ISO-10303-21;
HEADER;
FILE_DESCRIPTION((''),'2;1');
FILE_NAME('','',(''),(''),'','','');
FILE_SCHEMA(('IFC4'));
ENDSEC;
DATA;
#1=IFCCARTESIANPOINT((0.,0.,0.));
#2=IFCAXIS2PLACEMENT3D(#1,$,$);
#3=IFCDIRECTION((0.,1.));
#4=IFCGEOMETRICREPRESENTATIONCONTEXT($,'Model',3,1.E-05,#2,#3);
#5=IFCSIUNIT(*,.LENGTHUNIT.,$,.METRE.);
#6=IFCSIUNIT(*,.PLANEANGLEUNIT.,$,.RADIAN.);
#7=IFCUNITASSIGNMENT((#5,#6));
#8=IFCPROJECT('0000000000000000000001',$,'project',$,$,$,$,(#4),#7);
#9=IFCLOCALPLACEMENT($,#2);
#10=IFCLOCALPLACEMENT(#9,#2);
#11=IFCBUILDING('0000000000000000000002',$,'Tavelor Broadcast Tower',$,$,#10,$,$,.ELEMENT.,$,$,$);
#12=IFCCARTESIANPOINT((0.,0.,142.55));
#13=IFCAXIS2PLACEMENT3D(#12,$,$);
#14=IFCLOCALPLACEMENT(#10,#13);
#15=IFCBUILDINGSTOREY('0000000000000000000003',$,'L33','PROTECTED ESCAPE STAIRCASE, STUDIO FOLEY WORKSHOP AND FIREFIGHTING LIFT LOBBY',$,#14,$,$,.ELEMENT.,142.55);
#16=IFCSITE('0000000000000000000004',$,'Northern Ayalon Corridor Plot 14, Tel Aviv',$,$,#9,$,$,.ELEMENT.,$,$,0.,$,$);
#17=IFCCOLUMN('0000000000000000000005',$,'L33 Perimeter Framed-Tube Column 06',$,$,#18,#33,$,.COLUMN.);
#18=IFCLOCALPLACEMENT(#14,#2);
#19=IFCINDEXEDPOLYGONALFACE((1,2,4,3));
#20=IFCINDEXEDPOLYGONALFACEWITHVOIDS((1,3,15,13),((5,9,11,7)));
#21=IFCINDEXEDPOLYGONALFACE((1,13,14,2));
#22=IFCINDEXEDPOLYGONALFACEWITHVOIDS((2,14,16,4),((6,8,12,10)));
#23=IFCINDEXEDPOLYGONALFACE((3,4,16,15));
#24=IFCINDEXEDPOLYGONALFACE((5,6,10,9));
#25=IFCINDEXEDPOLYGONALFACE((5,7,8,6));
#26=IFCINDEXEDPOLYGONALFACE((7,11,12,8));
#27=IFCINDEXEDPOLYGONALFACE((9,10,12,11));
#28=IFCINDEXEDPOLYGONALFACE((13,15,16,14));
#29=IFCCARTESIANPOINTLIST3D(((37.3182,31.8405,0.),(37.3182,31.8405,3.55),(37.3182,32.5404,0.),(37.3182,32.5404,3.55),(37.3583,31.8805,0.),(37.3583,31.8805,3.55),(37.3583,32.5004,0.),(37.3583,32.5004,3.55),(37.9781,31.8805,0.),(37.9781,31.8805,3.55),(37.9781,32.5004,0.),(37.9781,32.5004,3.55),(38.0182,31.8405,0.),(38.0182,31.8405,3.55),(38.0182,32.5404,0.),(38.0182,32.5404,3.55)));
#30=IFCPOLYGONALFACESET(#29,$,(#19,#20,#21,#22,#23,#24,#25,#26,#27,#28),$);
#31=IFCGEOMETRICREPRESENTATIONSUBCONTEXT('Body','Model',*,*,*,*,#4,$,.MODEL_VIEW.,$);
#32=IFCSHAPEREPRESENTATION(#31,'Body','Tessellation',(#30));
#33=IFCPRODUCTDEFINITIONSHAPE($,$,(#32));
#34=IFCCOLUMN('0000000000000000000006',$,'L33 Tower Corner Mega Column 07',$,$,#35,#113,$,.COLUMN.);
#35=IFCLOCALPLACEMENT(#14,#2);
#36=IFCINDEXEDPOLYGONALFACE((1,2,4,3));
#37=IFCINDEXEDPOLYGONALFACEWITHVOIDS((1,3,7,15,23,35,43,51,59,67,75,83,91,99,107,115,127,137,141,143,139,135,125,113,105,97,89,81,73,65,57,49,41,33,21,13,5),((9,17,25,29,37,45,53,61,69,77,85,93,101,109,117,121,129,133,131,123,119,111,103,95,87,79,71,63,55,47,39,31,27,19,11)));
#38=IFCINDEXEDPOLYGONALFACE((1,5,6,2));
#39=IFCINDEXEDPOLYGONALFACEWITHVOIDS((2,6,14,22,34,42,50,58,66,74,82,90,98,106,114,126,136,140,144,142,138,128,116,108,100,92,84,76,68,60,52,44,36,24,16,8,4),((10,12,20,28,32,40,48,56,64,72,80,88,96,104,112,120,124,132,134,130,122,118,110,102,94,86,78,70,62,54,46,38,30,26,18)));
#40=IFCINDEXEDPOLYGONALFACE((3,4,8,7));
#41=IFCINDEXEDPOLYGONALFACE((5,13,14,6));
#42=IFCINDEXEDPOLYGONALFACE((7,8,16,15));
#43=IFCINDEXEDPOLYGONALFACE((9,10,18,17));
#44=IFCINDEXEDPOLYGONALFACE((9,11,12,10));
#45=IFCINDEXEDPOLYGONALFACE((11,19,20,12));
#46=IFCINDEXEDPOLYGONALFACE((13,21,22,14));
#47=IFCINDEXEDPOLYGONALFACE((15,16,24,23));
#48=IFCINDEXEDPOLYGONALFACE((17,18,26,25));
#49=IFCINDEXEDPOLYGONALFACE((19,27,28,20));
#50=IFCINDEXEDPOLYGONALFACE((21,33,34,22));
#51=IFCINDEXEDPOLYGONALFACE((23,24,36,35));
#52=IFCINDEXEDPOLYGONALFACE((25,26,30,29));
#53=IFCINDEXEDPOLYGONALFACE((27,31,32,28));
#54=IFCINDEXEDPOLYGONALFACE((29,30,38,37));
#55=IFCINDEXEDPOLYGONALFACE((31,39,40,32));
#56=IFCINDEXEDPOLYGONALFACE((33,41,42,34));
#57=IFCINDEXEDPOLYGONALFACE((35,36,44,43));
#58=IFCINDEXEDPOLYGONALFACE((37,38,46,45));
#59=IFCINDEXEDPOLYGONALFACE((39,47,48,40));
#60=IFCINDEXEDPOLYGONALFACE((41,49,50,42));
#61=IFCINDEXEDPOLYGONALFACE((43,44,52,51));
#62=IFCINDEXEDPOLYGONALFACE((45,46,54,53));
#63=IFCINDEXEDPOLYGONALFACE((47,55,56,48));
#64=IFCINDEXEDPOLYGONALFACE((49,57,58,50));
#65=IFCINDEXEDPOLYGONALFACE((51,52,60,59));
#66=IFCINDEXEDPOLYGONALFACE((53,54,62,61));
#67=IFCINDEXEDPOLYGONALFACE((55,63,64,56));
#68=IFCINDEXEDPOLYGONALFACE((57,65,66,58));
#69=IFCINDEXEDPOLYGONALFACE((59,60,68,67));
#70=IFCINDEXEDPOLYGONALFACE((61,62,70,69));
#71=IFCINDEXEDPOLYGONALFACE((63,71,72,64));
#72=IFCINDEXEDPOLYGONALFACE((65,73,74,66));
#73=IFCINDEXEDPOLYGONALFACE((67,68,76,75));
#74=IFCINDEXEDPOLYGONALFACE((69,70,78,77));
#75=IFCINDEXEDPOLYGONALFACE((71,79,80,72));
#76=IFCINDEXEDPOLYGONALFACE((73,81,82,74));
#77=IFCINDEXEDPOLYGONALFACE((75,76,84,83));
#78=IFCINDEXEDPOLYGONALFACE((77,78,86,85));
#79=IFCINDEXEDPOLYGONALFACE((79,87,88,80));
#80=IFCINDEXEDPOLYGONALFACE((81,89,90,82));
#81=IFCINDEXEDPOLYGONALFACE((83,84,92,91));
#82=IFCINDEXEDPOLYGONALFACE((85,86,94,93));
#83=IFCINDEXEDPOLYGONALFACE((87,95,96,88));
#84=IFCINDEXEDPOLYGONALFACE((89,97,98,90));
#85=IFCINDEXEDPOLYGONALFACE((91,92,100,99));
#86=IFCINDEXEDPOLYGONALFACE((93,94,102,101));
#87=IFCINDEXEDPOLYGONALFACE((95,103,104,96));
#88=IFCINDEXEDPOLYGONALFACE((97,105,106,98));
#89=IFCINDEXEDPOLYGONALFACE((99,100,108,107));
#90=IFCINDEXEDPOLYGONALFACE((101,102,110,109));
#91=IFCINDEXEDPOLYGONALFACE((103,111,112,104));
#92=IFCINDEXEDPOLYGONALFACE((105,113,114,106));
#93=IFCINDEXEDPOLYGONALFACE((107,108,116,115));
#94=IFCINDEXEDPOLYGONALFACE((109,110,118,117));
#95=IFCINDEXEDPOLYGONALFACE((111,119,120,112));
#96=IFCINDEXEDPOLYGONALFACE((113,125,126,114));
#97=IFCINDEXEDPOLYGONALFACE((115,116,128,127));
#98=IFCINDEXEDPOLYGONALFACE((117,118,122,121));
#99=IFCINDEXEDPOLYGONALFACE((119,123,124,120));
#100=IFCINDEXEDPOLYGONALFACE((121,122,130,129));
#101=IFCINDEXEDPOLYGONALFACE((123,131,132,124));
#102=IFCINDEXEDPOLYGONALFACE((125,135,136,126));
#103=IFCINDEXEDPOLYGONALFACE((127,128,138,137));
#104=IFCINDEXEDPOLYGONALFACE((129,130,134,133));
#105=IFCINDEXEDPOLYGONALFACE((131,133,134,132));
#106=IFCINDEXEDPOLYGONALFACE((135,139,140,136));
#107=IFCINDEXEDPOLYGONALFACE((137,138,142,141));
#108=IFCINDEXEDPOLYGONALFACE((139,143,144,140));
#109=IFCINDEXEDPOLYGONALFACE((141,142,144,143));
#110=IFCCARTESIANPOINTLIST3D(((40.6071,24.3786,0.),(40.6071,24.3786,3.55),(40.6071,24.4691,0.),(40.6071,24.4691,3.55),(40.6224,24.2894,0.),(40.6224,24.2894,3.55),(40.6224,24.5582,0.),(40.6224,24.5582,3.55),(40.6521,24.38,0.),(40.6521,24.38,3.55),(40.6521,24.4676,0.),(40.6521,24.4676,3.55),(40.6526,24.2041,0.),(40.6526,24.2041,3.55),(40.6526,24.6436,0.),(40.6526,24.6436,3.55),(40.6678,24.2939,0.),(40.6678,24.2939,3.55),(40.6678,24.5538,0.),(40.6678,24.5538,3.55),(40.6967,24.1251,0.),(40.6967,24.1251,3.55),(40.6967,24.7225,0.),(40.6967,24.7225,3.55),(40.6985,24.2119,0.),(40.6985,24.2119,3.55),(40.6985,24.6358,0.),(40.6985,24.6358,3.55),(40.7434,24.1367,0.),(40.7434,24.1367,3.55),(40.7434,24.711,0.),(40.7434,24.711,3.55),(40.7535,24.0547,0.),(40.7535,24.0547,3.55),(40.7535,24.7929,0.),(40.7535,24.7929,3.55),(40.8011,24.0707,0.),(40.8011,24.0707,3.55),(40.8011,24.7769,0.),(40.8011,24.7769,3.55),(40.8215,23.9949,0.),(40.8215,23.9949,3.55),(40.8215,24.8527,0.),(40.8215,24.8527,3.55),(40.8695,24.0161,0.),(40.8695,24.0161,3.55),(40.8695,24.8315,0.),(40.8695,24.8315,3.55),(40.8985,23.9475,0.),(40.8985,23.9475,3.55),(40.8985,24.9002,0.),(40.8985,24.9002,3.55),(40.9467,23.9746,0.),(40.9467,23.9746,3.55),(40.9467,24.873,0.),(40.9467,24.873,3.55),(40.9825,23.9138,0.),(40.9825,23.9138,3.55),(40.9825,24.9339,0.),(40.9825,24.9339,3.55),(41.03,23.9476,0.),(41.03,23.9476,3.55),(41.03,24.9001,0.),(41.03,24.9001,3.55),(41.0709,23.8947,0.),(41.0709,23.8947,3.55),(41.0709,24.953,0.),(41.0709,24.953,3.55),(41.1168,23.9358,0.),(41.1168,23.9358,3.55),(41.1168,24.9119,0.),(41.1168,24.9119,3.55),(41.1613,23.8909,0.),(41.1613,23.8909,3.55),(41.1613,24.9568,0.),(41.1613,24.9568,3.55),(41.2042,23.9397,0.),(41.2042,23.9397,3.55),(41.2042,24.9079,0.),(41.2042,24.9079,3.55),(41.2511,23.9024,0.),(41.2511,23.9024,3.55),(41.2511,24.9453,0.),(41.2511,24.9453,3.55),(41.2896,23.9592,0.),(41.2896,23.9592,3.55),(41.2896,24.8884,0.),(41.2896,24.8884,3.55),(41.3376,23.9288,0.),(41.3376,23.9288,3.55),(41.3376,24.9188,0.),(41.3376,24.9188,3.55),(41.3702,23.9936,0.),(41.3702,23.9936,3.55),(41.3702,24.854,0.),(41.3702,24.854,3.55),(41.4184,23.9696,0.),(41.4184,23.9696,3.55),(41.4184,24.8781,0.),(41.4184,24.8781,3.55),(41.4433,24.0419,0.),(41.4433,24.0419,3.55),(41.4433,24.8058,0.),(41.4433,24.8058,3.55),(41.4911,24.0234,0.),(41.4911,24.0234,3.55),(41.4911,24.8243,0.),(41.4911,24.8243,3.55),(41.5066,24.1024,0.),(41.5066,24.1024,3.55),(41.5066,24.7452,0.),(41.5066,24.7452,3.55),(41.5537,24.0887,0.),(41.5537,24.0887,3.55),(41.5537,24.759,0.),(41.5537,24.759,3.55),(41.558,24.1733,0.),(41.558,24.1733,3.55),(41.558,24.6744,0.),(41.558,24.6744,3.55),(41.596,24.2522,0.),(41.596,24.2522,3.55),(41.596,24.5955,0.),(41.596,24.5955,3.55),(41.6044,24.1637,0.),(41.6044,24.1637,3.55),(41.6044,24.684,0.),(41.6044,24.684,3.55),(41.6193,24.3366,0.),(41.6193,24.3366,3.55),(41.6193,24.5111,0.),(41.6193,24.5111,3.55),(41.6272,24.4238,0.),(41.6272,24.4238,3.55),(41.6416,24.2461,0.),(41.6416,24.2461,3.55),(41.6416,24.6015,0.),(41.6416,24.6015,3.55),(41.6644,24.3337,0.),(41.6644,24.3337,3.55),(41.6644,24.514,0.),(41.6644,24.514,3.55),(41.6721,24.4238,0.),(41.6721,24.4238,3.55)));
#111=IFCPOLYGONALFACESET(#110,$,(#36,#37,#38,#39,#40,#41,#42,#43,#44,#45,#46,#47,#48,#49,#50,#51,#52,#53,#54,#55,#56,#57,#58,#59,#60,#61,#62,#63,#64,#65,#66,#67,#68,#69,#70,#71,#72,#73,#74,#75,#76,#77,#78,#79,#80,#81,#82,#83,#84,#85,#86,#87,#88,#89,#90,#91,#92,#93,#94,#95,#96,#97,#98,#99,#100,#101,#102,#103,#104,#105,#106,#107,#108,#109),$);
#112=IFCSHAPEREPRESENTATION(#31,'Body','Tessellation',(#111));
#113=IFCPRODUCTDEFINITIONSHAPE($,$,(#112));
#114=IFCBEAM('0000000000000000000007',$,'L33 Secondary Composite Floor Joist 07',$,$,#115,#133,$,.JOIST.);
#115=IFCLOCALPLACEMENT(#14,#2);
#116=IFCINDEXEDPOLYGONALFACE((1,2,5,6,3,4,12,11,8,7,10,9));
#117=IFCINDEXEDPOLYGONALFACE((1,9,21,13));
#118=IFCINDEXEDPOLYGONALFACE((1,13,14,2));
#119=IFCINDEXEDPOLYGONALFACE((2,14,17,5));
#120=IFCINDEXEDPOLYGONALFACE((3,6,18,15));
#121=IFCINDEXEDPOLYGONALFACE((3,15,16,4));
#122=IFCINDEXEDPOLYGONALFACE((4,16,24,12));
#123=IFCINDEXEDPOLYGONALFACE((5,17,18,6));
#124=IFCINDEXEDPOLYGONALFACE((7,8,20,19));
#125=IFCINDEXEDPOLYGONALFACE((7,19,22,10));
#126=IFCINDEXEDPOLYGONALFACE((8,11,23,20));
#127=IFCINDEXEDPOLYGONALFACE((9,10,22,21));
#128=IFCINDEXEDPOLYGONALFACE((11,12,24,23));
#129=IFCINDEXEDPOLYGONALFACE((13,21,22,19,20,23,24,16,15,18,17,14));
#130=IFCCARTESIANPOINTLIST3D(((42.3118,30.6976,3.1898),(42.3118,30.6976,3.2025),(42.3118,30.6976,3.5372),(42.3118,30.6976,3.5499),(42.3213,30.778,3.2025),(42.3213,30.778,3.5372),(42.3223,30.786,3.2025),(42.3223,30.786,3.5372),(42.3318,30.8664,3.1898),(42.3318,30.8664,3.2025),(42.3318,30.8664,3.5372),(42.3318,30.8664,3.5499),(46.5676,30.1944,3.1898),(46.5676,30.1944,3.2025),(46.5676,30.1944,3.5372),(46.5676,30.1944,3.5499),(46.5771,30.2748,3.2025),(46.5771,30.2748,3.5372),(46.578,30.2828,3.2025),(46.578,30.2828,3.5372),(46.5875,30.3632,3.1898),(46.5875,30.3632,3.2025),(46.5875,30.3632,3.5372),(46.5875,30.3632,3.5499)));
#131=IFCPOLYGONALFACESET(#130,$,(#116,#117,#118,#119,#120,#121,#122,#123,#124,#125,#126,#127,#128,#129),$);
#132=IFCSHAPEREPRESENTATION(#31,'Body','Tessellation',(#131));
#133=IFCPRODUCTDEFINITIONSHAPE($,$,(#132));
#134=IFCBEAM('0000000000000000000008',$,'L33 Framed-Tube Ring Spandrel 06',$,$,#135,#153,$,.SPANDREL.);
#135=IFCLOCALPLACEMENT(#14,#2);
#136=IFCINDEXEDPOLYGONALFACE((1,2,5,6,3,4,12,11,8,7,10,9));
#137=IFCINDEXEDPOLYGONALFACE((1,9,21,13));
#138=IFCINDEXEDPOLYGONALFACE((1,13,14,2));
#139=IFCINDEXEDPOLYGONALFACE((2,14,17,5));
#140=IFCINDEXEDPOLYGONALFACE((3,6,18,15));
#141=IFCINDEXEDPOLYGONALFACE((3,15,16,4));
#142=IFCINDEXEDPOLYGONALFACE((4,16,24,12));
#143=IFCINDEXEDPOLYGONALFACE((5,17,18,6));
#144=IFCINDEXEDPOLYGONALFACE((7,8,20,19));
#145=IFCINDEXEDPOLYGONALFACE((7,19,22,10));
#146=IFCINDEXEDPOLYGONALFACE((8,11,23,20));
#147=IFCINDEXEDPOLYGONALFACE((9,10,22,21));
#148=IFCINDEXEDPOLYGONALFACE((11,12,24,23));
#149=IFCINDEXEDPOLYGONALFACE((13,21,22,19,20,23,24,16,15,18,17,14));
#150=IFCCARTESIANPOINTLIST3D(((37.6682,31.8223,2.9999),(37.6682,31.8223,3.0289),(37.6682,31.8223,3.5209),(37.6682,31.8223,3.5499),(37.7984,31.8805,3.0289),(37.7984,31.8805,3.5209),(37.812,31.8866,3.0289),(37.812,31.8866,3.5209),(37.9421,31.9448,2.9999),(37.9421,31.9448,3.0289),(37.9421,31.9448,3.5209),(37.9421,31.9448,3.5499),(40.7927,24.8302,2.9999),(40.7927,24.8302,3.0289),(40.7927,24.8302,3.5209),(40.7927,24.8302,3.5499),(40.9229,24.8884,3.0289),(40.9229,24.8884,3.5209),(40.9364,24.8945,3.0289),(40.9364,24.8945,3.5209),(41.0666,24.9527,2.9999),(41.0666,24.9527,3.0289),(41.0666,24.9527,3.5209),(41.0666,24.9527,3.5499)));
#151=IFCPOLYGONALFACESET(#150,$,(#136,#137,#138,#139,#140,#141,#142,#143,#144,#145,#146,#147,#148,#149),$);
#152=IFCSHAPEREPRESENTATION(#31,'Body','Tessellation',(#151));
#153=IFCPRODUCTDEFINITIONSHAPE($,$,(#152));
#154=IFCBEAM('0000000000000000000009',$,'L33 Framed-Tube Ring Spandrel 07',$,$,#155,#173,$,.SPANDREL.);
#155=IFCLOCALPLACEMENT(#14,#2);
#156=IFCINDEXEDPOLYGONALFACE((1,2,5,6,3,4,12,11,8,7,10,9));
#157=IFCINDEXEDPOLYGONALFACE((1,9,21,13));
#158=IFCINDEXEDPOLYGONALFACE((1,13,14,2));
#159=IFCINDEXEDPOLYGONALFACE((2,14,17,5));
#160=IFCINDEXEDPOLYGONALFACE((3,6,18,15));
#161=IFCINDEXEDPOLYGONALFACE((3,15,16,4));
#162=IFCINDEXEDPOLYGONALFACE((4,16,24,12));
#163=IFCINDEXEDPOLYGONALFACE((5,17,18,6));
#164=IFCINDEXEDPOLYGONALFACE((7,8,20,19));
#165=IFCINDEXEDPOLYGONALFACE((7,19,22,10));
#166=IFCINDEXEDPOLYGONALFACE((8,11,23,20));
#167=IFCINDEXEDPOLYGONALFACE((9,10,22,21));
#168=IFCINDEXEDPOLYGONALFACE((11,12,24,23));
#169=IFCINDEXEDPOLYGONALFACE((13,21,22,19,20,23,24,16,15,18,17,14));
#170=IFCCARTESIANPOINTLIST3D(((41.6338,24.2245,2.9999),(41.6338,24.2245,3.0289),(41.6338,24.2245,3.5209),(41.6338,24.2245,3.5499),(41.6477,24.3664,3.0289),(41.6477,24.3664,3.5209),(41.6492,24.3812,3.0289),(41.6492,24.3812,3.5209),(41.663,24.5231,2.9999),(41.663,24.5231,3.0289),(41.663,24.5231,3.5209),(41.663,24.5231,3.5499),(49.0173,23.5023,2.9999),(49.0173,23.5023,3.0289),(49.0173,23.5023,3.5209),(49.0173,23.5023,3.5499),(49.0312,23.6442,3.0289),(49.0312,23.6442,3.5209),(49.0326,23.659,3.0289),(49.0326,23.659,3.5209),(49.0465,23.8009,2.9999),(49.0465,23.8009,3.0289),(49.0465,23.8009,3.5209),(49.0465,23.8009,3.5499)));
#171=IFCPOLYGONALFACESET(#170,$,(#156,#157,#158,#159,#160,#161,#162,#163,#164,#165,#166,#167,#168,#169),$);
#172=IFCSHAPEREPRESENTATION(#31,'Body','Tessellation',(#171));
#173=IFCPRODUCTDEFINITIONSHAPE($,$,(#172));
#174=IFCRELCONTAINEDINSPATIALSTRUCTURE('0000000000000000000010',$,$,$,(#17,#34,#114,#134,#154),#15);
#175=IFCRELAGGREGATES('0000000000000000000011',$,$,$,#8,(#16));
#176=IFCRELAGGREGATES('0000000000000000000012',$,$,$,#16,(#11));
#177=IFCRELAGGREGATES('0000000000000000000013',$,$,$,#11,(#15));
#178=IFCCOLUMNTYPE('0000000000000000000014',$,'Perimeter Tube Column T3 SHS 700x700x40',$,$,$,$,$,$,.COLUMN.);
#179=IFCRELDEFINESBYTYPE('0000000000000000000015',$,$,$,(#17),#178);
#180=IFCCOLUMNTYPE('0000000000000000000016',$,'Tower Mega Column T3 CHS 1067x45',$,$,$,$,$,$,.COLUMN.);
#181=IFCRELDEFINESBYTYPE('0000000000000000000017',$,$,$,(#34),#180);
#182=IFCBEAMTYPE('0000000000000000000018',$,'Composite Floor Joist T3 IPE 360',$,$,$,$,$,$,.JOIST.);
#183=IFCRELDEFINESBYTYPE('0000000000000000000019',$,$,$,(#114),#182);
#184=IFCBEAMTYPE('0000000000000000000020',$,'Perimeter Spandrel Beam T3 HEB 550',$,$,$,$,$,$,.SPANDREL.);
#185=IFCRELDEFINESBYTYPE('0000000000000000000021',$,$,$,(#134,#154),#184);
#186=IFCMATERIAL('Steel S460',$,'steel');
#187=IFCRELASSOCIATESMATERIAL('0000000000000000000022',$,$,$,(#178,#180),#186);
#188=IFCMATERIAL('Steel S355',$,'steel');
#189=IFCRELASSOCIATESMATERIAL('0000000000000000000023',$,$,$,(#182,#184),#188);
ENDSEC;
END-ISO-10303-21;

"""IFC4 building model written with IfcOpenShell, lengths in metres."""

from ifc_helpers import new_model, si_unit, direction, frame, origin, origin_2d, place, context, subcontext, project, spatial, hollow_rectangle, hollow_circle, i_section, extrude, material, material_profile, profile_set, type_object, element, save


model = new_model("IFC4")

# Units and contexts
model_context = context("Model", 3, precision=1e-05, world=origin(), true_north=direction((0.0, 1.0)))
body_context = subcontext(model_context, "Body", "Model", "MODEL_VIEW")
ifc_project = project(units=[si_unit("LENGTHUNIT", "METRE"), si_unit("PLANEANGLEUNIT", "RADIAN")], contexts=[model_context])

# Site, building, storey
site_placement = place(None, origin())
site = spatial("IfcSite", under=ifc_project, at=site_placement, Name="Northern Ayalon Corridor Plot 14, Tel Aviv", CompositionType="ELEMENT", RefElevation=0.0)
building_placement = place(site_placement, origin())
building = spatial("IfcBuilding", under=site, at=building_placement, Name="Tavelor Broadcast Tower", CompositionType="ELEMENT")
storey_placement = place(building_placement, frame((0.0, 0.0, 142.55)))
storey = spatial("IfcBuildingStorey", under=building, at=storey_placement, Name="L33", Description="PROTECTED ESCAPE STAIRCASE, STUDIO FOLEY WORKSHOP AND FIREFIGHTING LIFT LOBBY", CompositionType="ELEMENT", Elevation=142.55)

# Columns
ifc_material_1 = material(Name="Steel S460", Category="steel")
ifc_material_profile_1 = material_profile(ifc_material_1, hollow_rectangle(XDim=0.7, YDim=0.7, WallThickness=0.04, at=origin_2d()), Name="SHS 700x700x40")
ifc_profile_set_1 = profile_set([ifc_material_profile_1], Name="Steel S460")
column_type_1 = type_object("IfcColumnType", Name="Perimeter Tube Column T3 SHS 700x700x40", PredefinedType="COLUMN", material=ifc_profile_set_1)
column_1_placement = place(storey_placement, frame((37.6682, 32.1904, 0.0), z_axis=(0.0, 0.0, 1.0), x_axis=(1.0, 0.0, 0.0)))
element("IfcColumn", 1, at=column_1_placement, inside=storey, type_object=column_type_1, Name="L33 Perimeter Framed-Tube Column 06", PredefinedType="COLUMN", context=body_context, shape_type="SweptSolid", body=[
    extrude(hollow_rectangle(XDim=0.7, YDim=0.7, WallThickness=0.04, at=origin_2d()), origin(), (0.0, 0.0, 1.0), 3.55),
])
ifc_material_profile_2 = material_profile(ifc_material_1, hollow_circle(Radius=0.5334, WallThickness=0.0449, at=origin_2d()), Name="CHS 1067x45")
ifc_profile_set_2 = profile_set([ifc_material_profile_2], Name="Steel S460")
column_type_2 = type_object("IfcColumnType", Name="Tower Mega Column T3 CHS 1067x45", PredefinedType="COLUMN", material=ifc_profile_set_2)
column_2_placement = place(storey_placement, frame((41.1387, 24.4238, 0.0), z_axis=(0.0, 0.0, 1.0), x_axis=(1.0, 0.0, 0.0)))
element("IfcColumn", 2, at=column_2_placement, inside=storey, type_object=column_type_2, Name="L33 Tower Corner Mega Column 07", PredefinedType="COLUMN", context=body_context, shape_type="SweptSolid", body=[
    extrude(hollow_circle(Radius=0.5334, WallThickness=0.0449, at=origin_2d()), origin(), (0.0, 0.0, 1.0), 3.55),
])

# Beams
ifc_material_2 = material(Name="Steel S355", Category="steel")
ifc_material_profile_3 = material_profile(ifc_material_2, i_section(OverallWidth=0.1699, OverallDepth=0.3601, WebThickness=0.0081, FlangeThickness=0.0127, at=origin_2d()), Name="IPE 360")
ifc_profile_set_3 = profile_set([ifc_material_profile_3], Name="Steel S355")
beam_type_1 = type_object("IfcBeamType", Name="Composite Floor Joist T3 IPE 360", PredefinedType="JOIST", material=ifc_profile_set_3)
beam_1_placement = place(storey_placement, frame((42.3218, 30.782, 3.3699), z_axis=(0.993083, -0.117413, 0.0), x_axis=(0.117413, 0.993083, 0.0)))
element("IfcBeam", 3, at=beam_1_placement, inside=storey, type_object=beam_type_1, Name="L33 Secondary Composite Floor Joist 07", PredefinedType="JOIST", context=body_context, shape_type="SweptSolid", body=[
    extrude(i_section(OverallWidth=0.1699, OverallDepth=0.3601, WebThickness=0.0081, FlangeThickness=0.0127, at=origin_2d()), origin(), (0.0, 0.0, 1.0), 4.2854),
])
ifc_material_profile_4 = material_profile(ifc_material_2, i_section(OverallWidth=0.3, OverallDepth=0.55, WebThickness=0.0149, FlangeThickness=0.0291, at=origin_2d()), Name="HEB 550")
ifc_profile_set_4 = profile_set([ifc_material_profile_4], Name="Steel S355")
beam_type_2 = type_object("IfcBeamType", Name="Perimeter Spandrel Beam T3 HEB 550", PredefinedType="SPANDREL", material=ifc_profile_set_4)
beam_2_placement = place(storey_placement, frame((37.8052, 31.8835, 3.2749), z_axis=(0.407977, -0.912992, 0.0), x_axis=(0.912992, 0.407977, 0.0)))
element("IfcBeam", 4, at=beam_2_placement, inside=storey, type_object=beam_type_2, Name="L33 Framed-Tube Ring Spandrel 06", PredefinedType="SPANDREL", context=body_context, shape_type="SweptSolid", body=[
    extrude(i_section(OverallWidth=0.3, OverallDepth=0.55, WebThickness=0.0149, FlangeThickness=0.0291, at=origin_2d()), origin(), (0.0, 0.0, 1.0), 7.6584),
])
beam_3_placement = place(storey_placement, frame((41.6484, 24.3738, 3.2749), z_axis=(0.995251, -0.097343, 0.0), x_axis=(0.097343, 0.995251, 0.0)))
element("IfcBeam", 5, at=beam_3_placement, inside=storey, type_object=beam_type_2, Name="L33 Framed-Tube Ring Spandrel 07", PredefinedType="SPANDREL", context=body_context, shape_type="SweptSolid", body=[
    extrude(i_section(OverallWidth=0.3, OverallDepth=0.55, WebThickness=0.0149, FlangeThickness=0.0291, at=origin_2d()), origin(), (0.0, 0.0, 1.0), 7.4187),
])

save(model, "model.ifc")
